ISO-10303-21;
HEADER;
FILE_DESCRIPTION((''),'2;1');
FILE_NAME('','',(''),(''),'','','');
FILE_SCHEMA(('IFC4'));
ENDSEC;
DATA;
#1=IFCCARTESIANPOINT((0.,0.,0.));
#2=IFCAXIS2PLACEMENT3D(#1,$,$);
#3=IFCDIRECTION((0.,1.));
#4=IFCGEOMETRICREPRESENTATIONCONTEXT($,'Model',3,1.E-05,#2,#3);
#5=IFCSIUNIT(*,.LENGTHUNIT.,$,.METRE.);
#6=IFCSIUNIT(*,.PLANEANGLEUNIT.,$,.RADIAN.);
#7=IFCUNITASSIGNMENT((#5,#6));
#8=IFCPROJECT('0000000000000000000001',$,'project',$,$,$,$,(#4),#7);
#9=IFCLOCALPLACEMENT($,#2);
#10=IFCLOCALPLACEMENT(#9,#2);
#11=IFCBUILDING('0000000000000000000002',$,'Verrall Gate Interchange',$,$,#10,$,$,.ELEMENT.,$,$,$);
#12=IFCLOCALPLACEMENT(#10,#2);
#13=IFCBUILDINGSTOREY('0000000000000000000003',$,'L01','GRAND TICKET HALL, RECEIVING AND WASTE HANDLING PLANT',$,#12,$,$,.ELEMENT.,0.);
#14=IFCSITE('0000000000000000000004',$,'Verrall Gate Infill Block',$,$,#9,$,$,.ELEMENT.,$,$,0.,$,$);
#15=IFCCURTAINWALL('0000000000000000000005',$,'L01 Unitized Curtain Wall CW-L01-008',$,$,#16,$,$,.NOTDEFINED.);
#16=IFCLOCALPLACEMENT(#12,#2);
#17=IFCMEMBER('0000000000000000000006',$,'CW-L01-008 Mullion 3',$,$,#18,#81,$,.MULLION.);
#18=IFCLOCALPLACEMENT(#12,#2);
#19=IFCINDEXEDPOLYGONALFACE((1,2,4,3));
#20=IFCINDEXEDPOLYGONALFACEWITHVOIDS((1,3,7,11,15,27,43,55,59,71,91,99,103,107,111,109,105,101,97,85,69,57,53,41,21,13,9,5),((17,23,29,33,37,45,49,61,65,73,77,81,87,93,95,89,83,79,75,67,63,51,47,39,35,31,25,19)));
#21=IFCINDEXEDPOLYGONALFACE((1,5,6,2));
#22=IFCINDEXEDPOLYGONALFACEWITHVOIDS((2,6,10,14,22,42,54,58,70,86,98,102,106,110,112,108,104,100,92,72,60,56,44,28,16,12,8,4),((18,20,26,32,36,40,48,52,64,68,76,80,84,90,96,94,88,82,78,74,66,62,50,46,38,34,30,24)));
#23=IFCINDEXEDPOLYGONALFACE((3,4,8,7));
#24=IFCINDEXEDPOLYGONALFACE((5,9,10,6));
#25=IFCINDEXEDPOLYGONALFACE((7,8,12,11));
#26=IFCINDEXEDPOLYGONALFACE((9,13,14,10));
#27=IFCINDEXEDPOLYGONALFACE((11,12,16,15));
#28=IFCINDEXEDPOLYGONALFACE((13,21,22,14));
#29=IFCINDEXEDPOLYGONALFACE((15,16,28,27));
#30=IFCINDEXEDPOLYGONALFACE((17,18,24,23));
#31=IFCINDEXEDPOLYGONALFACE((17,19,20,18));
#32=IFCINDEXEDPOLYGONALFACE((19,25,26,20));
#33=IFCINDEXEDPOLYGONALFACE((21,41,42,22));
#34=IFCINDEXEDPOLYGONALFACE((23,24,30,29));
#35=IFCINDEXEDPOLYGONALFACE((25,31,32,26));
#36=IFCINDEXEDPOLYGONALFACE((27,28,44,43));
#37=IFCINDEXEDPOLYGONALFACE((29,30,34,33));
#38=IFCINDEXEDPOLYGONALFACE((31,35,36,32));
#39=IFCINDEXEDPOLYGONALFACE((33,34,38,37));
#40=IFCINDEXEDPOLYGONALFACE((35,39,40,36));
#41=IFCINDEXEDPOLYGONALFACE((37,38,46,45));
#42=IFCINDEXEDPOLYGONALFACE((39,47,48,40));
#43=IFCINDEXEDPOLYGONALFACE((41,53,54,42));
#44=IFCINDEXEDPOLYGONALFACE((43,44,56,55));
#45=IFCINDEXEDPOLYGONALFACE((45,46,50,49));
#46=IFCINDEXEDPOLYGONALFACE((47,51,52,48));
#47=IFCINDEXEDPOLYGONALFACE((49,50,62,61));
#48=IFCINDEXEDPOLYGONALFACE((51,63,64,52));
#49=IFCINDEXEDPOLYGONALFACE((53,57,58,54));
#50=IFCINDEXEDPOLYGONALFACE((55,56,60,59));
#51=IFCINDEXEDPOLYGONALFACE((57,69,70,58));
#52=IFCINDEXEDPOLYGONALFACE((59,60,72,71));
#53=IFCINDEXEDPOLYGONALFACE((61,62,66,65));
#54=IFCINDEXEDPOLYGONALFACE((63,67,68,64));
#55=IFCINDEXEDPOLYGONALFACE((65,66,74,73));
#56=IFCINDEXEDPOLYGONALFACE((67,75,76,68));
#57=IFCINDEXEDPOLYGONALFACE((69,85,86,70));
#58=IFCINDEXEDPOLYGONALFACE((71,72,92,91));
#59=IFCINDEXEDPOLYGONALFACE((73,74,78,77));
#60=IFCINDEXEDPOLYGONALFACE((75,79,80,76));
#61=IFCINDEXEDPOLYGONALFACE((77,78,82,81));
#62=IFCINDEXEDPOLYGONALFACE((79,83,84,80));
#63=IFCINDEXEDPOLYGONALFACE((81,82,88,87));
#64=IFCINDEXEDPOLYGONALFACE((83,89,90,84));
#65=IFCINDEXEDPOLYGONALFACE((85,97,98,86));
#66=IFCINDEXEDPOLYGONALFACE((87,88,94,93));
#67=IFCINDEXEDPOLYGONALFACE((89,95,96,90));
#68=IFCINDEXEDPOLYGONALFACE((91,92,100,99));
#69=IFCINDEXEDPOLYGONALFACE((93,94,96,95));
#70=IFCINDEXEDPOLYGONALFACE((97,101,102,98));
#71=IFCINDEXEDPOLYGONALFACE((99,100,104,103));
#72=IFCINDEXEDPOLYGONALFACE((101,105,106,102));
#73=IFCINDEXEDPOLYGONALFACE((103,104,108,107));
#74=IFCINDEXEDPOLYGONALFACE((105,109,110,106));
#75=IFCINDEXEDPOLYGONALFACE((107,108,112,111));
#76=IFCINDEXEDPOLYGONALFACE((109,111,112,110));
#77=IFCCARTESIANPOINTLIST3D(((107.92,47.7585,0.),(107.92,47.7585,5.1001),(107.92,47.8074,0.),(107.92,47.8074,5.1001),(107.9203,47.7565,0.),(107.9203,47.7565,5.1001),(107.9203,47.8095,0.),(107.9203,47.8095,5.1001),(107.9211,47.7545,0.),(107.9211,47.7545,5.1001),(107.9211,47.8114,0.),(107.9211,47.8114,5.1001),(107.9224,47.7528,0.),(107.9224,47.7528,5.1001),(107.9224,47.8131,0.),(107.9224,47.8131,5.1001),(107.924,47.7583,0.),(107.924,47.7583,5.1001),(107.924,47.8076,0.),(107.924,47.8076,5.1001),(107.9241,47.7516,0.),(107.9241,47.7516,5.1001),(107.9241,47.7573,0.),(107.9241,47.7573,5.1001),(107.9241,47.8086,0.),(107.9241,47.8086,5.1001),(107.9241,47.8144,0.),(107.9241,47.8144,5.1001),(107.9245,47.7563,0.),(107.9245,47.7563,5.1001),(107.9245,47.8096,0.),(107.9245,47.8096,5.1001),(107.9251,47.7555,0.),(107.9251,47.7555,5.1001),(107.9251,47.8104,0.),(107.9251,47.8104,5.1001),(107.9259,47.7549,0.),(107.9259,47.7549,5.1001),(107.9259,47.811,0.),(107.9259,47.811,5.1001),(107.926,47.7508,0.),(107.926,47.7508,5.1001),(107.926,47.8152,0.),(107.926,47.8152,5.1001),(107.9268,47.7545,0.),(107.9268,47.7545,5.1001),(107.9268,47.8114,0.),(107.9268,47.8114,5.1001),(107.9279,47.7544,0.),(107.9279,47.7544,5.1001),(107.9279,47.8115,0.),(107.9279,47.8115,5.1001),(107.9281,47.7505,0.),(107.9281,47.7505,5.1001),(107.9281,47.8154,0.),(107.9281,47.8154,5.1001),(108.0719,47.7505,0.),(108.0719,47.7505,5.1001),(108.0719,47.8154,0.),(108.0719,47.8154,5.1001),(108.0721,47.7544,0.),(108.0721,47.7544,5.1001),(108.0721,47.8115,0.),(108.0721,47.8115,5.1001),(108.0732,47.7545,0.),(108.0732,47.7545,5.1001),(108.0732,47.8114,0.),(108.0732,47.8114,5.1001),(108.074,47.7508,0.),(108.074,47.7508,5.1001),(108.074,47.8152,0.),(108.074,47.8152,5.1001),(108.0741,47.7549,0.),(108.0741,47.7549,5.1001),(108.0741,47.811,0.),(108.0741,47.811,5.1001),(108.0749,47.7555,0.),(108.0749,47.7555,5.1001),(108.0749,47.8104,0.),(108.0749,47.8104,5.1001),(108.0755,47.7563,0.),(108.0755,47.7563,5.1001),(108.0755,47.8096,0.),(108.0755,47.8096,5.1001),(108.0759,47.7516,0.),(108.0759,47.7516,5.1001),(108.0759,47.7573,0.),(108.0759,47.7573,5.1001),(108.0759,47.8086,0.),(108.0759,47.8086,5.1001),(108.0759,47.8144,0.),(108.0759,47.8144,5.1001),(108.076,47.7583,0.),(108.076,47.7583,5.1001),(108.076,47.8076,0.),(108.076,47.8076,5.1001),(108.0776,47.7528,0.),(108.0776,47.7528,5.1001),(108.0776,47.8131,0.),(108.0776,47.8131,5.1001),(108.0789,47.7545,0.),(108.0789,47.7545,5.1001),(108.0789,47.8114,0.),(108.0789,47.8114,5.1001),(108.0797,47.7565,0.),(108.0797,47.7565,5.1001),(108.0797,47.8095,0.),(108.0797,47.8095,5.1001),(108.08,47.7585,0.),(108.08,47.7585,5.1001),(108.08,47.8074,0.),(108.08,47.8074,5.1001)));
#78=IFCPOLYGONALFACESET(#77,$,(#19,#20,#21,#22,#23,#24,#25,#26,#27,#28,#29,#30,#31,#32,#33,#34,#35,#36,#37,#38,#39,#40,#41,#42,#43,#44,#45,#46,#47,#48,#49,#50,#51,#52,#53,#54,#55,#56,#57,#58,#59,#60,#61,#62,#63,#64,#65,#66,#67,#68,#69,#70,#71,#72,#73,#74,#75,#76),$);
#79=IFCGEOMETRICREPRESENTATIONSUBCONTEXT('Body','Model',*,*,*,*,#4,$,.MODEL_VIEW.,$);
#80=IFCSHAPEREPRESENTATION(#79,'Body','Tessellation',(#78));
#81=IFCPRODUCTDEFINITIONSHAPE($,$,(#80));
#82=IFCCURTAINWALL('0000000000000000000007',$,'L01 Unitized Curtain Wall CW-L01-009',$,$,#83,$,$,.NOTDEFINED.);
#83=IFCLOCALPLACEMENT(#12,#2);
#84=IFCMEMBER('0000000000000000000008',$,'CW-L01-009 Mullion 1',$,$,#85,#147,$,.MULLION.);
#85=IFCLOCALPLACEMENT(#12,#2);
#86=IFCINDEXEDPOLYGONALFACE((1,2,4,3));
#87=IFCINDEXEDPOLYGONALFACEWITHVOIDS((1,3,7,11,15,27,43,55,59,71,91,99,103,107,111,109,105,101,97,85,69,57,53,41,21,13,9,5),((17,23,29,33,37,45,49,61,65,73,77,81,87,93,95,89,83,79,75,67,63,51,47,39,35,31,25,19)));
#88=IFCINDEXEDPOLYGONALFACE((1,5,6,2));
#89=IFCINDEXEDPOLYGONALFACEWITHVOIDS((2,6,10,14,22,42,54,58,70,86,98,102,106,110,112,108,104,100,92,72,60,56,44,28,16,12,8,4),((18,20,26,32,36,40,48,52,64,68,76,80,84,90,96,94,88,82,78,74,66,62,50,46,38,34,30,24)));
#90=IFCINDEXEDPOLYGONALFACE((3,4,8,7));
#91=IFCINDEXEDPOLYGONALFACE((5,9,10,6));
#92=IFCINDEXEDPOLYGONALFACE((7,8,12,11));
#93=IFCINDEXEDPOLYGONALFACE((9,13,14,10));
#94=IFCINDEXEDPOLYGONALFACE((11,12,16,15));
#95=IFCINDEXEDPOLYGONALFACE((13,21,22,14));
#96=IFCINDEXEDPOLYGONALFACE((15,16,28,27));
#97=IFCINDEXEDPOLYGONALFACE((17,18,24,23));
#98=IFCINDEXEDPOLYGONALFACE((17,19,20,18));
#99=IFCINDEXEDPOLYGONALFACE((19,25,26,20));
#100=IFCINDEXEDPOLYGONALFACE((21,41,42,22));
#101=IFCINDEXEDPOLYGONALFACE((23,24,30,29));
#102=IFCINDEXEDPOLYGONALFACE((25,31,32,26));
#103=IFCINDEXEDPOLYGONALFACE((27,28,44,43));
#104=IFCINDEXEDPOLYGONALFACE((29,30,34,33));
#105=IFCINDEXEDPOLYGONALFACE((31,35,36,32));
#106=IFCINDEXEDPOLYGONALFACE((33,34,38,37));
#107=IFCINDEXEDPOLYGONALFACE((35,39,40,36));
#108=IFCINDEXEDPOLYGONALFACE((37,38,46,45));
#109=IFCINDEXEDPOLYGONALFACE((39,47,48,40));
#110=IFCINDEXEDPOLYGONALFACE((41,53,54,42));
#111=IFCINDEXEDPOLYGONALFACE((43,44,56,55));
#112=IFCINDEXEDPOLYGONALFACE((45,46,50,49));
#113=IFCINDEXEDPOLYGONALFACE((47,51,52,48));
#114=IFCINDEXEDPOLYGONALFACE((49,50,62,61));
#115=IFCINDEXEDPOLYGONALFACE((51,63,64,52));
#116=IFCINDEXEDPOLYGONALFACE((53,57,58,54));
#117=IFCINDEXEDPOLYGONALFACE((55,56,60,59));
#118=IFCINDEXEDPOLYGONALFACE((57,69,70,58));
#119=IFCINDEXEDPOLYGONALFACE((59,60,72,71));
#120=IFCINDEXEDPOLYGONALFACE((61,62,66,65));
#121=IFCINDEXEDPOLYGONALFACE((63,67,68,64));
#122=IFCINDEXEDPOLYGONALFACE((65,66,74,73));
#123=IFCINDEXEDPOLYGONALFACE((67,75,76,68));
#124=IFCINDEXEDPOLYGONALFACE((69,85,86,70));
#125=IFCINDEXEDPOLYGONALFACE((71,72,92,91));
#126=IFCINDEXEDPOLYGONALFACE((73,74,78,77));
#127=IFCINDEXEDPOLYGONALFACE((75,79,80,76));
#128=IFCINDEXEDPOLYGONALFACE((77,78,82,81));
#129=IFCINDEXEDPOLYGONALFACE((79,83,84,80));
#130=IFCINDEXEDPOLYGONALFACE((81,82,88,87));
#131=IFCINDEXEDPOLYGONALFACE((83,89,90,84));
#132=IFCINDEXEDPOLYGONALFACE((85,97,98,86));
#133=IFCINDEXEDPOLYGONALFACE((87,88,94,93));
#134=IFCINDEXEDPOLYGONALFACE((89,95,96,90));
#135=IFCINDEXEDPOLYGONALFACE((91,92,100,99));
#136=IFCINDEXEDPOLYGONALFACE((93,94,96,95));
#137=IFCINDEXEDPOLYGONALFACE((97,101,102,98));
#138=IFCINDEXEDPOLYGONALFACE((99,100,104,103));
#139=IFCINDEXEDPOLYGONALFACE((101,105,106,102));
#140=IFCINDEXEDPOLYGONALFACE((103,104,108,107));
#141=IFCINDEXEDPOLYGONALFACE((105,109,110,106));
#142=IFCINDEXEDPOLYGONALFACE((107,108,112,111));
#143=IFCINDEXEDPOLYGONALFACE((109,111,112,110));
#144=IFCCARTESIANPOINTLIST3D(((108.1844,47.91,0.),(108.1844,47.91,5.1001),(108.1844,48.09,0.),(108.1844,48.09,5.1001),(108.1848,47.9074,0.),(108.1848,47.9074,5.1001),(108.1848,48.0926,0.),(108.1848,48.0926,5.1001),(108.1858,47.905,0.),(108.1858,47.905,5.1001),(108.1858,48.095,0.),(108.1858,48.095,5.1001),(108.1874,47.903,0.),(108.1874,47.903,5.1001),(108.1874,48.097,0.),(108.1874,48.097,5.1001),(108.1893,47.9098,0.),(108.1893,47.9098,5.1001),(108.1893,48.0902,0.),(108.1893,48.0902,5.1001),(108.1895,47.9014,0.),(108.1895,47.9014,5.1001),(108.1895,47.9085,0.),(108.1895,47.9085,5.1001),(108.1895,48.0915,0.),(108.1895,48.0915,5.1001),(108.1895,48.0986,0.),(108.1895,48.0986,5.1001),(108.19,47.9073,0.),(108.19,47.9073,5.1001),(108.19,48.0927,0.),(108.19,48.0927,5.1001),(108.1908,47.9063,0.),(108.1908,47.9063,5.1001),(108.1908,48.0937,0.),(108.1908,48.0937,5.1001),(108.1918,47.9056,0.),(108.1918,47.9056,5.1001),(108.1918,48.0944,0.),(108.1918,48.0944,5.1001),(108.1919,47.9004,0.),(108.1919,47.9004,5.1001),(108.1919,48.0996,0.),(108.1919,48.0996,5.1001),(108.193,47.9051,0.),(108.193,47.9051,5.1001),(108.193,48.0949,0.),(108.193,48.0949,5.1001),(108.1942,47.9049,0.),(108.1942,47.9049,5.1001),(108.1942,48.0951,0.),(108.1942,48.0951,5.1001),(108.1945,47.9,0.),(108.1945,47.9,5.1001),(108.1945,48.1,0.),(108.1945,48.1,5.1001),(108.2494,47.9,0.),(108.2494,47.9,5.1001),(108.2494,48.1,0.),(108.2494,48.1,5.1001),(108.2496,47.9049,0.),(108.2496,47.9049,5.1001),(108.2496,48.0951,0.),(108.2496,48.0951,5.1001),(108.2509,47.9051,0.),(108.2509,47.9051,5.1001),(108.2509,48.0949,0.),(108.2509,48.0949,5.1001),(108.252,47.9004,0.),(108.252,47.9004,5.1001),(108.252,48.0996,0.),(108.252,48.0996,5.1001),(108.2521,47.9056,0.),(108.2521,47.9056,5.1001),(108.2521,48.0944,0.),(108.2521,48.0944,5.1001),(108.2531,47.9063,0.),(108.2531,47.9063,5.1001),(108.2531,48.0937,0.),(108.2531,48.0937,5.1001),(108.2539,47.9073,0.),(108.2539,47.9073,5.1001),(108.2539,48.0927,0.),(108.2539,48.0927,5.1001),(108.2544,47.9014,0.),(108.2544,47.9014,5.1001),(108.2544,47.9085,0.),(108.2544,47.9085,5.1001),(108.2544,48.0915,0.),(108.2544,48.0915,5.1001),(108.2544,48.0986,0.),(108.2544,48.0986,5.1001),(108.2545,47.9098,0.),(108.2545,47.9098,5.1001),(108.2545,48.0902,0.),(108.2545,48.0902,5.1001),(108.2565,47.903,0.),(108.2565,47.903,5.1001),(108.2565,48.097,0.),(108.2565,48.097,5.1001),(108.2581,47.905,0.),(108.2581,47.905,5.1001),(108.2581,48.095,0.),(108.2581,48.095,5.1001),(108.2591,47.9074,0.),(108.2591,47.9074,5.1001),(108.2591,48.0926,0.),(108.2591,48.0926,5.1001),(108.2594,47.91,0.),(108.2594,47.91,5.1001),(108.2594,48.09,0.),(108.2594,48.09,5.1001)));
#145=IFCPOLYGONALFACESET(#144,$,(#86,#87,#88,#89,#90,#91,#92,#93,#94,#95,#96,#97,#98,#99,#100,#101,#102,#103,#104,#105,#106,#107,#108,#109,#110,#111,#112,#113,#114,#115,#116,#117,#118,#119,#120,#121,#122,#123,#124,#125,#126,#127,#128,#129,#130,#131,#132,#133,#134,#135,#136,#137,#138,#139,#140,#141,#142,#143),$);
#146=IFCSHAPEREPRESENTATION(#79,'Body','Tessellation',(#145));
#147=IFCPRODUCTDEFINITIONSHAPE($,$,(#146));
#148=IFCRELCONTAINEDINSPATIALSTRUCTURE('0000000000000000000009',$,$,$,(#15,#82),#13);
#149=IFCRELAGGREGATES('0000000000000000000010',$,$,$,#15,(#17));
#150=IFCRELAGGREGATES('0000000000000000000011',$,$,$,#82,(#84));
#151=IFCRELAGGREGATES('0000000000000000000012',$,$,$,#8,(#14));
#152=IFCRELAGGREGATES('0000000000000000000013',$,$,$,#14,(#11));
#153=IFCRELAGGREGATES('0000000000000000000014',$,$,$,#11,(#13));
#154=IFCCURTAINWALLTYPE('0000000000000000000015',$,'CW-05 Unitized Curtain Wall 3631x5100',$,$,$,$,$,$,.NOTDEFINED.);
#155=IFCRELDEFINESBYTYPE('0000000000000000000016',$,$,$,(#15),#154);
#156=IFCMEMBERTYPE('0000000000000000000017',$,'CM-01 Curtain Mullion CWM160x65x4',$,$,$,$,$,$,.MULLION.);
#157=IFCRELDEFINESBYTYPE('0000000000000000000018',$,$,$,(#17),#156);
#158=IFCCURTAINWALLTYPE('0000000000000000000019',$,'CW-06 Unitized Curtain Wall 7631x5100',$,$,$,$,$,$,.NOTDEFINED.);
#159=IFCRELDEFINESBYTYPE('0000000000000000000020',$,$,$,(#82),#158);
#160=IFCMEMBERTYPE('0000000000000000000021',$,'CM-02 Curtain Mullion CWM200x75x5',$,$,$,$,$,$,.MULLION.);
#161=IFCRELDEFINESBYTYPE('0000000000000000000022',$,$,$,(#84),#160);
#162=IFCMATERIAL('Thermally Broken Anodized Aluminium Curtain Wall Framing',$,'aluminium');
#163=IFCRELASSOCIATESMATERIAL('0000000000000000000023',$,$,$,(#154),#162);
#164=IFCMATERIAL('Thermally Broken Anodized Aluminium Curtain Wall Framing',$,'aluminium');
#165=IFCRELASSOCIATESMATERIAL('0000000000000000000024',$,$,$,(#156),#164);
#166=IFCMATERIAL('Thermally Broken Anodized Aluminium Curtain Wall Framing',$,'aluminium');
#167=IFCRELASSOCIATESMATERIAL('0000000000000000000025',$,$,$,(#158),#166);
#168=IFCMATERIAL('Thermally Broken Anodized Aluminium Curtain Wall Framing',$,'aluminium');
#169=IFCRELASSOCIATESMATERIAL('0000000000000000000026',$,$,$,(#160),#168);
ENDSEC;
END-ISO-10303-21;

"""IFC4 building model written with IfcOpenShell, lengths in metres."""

from ifc_helpers import new_model, si_unit, direction, frame, origin, origin_2d, place, context, subcontext, project, spatial, hollow_rectangle, extrude, material, material_profile, profile_set, type_object, element, aggregate, save


model = new_model("IFC4")

# Units and contexts
model_context = context("Model", 3, precision=1e-05, world=origin(), true_north=direction((0.0, 1.0)))
body_context = subcontext(model_context, "Body", "Model", "MODEL_VIEW")
ifc_project = project(units=[si_unit("LENGTHUNIT", "METRE"), si_unit("PLANEANGLEUNIT", "RADIAN")], contexts=[model_context])

# Site, building, storey
site_placement = place(None, origin())
site = spatial("IfcSite", under=ifc_project, at=site_placement, Name="Verrall Gate Infill Block", CompositionType="ELEMENT", RefElevation=0.0)
building_placement = place(site_placement, origin())
building = spatial("IfcBuilding", under=site, at=building_placement, Name="Verrall Gate Interchange", CompositionType="ELEMENT")
storey_placement = place(building_placement, origin())
storey = spatial("IfcBuildingStorey", under=building, at=storey_placement, Name="L01", Description="GRAND TICKET HALL, RECEIVING AND WASTE HANDLING PLANT", CompositionType="ELEMENT", Elevation=0.0)

# Curtain wall, member
ifc_material_1 = material(Name="Thermally Broken Anodized Aluminium Curtain Wall Framing", Category="aluminium")
curtain_wall_type_1 = type_object("IfcCurtainWallType", Name="CW-05 Unitized Curtain Wall 3631x5100", PredefinedType="NOTDEFINED", material=ifc_material_1)
curtain_wall_1_placement = place(storey_placement, origin())
curtain_wall_1 = element("IfcCurtainWall", 1, at=curtain_wall_1_placement, inside=storey, type_object=curtain_wall_type_1, Name="L01 Unitized Curtain Wall CW-L01-008", PredefinedType="NOTDEFINED")
ifc_material_2 = material(Name="Thermally Broken Anodized Aluminium Curtain Wall Framing", Category="aluminium")
ifc_material_profile_1 = material_profile(ifc_material_2, hollow_rectangle(XDim=0.0649, YDim=0.1599, WallThickness=0.0039, InnerFilletRadius=0.0039, OuterFilletRadius=0.0081, at=origin_2d()), Name="CWM160x65x4")
ifc_profile_set_1 = profile_set([ifc_material_profile_1], Name="Thermally Broken Anodized Aluminium Curtain Wall Framing")
member_type_1 = type_object("IfcMemberType", Name="CM-01 Curtain Mullion CWM160x65x4", PredefinedType="MULLION", material=ifc_profile_set_1)
member_1_placement = place(storey_placement, frame((108.0, 47.783, 0.0), z_axis=(0.0, 0.0, 1.0), x_axis=(0.0, 1.0, 0.0)))
member_1 = element("IfcMember", 2, at=member_1_placement, type_object=member_type_1, Name="CW-L01-008 Mullion 3", PredefinedType="MULLION", context=body_context, shape_type="SweptSolid", body=[
    extrude(hollow_rectangle(XDim=0.0649, YDim=0.1599, WallThickness=0.0039, InnerFilletRadius=0.0039, OuterFilletRadius=0.0081, at=origin_2d()), origin(), (0.0, 0.0, 1.0), 5.1001),
])
aggregate(curtain_wall_1, [member_1])

# Curtain wall, member
ifc_material_3 = material(Name="Thermally Broken Anodized Aluminium Curtain Wall Framing", Category="aluminium")
curtain_wall_type_2 = type_object("IfcCurtainWallType", Name="CW-06 Unitized Curtain Wall 7631x5100", PredefinedType="NOTDEFINED", material=ifc_material_3)
curtain_wall_2_placement = place(storey_placement, origin())
curtain_wall_2 = element("IfcCurtainWall", 3, at=curtain_wall_2_placement, inside=storey, type_object=curtain_wall_type_2, Name="L01 Unitized Curtain Wall CW-L01-009", PredefinedType="NOTDEFINED")
ifc_material_4 = material(Name="Thermally Broken Anodized Aluminium Curtain Wall Framing", Category="aluminium")
ifc_material_profile_2 = material_profile(ifc_material_4, hollow_rectangle(XDim=0.075, YDim=0.2, WallThickness=0.0049, InnerFilletRadius=0.0049, OuterFilletRadius=0.01, at=origin_2d()), Name="CWM200x75x5")
ifc_profile_set_2 = profile_set([ifc_material_profile_2], Name="Thermally Broken Anodized Aluminium Curtain Wall Framing")
member_type_2 = type_object("IfcMemberType", Name="CM-02 Curtain Mullion CWM200x75x5", PredefinedType="MULLION", material=ifc_profile_set_2)
member_2_placement = place(storey_placement, frame((108.2219, 48.0, 0.0), z_axis=(0.0, 0.0, 1.0), x_axis=(1.0, 0.0, 0.0)))
member_2 = element("IfcMember", 4, at=member_2_placement, type_object=member_type_2, Name="CW-L01-009 Mullion 1", PredefinedType="MULLION", context=body_context, shape_type="SweptSolid", body=[
    extrude(hollow_rectangle(XDim=0.075, YDim=0.2, WallThickness=0.0049, InnerFilletRadius=0.0049, OuterFilletRadius=0.01, at=origin_2d()), origin(), (0.0, 0.0, 1.0), 5.1001),
])

aggregate(curtain_wall_2, [member_2])

save(model, "model.ifc")
